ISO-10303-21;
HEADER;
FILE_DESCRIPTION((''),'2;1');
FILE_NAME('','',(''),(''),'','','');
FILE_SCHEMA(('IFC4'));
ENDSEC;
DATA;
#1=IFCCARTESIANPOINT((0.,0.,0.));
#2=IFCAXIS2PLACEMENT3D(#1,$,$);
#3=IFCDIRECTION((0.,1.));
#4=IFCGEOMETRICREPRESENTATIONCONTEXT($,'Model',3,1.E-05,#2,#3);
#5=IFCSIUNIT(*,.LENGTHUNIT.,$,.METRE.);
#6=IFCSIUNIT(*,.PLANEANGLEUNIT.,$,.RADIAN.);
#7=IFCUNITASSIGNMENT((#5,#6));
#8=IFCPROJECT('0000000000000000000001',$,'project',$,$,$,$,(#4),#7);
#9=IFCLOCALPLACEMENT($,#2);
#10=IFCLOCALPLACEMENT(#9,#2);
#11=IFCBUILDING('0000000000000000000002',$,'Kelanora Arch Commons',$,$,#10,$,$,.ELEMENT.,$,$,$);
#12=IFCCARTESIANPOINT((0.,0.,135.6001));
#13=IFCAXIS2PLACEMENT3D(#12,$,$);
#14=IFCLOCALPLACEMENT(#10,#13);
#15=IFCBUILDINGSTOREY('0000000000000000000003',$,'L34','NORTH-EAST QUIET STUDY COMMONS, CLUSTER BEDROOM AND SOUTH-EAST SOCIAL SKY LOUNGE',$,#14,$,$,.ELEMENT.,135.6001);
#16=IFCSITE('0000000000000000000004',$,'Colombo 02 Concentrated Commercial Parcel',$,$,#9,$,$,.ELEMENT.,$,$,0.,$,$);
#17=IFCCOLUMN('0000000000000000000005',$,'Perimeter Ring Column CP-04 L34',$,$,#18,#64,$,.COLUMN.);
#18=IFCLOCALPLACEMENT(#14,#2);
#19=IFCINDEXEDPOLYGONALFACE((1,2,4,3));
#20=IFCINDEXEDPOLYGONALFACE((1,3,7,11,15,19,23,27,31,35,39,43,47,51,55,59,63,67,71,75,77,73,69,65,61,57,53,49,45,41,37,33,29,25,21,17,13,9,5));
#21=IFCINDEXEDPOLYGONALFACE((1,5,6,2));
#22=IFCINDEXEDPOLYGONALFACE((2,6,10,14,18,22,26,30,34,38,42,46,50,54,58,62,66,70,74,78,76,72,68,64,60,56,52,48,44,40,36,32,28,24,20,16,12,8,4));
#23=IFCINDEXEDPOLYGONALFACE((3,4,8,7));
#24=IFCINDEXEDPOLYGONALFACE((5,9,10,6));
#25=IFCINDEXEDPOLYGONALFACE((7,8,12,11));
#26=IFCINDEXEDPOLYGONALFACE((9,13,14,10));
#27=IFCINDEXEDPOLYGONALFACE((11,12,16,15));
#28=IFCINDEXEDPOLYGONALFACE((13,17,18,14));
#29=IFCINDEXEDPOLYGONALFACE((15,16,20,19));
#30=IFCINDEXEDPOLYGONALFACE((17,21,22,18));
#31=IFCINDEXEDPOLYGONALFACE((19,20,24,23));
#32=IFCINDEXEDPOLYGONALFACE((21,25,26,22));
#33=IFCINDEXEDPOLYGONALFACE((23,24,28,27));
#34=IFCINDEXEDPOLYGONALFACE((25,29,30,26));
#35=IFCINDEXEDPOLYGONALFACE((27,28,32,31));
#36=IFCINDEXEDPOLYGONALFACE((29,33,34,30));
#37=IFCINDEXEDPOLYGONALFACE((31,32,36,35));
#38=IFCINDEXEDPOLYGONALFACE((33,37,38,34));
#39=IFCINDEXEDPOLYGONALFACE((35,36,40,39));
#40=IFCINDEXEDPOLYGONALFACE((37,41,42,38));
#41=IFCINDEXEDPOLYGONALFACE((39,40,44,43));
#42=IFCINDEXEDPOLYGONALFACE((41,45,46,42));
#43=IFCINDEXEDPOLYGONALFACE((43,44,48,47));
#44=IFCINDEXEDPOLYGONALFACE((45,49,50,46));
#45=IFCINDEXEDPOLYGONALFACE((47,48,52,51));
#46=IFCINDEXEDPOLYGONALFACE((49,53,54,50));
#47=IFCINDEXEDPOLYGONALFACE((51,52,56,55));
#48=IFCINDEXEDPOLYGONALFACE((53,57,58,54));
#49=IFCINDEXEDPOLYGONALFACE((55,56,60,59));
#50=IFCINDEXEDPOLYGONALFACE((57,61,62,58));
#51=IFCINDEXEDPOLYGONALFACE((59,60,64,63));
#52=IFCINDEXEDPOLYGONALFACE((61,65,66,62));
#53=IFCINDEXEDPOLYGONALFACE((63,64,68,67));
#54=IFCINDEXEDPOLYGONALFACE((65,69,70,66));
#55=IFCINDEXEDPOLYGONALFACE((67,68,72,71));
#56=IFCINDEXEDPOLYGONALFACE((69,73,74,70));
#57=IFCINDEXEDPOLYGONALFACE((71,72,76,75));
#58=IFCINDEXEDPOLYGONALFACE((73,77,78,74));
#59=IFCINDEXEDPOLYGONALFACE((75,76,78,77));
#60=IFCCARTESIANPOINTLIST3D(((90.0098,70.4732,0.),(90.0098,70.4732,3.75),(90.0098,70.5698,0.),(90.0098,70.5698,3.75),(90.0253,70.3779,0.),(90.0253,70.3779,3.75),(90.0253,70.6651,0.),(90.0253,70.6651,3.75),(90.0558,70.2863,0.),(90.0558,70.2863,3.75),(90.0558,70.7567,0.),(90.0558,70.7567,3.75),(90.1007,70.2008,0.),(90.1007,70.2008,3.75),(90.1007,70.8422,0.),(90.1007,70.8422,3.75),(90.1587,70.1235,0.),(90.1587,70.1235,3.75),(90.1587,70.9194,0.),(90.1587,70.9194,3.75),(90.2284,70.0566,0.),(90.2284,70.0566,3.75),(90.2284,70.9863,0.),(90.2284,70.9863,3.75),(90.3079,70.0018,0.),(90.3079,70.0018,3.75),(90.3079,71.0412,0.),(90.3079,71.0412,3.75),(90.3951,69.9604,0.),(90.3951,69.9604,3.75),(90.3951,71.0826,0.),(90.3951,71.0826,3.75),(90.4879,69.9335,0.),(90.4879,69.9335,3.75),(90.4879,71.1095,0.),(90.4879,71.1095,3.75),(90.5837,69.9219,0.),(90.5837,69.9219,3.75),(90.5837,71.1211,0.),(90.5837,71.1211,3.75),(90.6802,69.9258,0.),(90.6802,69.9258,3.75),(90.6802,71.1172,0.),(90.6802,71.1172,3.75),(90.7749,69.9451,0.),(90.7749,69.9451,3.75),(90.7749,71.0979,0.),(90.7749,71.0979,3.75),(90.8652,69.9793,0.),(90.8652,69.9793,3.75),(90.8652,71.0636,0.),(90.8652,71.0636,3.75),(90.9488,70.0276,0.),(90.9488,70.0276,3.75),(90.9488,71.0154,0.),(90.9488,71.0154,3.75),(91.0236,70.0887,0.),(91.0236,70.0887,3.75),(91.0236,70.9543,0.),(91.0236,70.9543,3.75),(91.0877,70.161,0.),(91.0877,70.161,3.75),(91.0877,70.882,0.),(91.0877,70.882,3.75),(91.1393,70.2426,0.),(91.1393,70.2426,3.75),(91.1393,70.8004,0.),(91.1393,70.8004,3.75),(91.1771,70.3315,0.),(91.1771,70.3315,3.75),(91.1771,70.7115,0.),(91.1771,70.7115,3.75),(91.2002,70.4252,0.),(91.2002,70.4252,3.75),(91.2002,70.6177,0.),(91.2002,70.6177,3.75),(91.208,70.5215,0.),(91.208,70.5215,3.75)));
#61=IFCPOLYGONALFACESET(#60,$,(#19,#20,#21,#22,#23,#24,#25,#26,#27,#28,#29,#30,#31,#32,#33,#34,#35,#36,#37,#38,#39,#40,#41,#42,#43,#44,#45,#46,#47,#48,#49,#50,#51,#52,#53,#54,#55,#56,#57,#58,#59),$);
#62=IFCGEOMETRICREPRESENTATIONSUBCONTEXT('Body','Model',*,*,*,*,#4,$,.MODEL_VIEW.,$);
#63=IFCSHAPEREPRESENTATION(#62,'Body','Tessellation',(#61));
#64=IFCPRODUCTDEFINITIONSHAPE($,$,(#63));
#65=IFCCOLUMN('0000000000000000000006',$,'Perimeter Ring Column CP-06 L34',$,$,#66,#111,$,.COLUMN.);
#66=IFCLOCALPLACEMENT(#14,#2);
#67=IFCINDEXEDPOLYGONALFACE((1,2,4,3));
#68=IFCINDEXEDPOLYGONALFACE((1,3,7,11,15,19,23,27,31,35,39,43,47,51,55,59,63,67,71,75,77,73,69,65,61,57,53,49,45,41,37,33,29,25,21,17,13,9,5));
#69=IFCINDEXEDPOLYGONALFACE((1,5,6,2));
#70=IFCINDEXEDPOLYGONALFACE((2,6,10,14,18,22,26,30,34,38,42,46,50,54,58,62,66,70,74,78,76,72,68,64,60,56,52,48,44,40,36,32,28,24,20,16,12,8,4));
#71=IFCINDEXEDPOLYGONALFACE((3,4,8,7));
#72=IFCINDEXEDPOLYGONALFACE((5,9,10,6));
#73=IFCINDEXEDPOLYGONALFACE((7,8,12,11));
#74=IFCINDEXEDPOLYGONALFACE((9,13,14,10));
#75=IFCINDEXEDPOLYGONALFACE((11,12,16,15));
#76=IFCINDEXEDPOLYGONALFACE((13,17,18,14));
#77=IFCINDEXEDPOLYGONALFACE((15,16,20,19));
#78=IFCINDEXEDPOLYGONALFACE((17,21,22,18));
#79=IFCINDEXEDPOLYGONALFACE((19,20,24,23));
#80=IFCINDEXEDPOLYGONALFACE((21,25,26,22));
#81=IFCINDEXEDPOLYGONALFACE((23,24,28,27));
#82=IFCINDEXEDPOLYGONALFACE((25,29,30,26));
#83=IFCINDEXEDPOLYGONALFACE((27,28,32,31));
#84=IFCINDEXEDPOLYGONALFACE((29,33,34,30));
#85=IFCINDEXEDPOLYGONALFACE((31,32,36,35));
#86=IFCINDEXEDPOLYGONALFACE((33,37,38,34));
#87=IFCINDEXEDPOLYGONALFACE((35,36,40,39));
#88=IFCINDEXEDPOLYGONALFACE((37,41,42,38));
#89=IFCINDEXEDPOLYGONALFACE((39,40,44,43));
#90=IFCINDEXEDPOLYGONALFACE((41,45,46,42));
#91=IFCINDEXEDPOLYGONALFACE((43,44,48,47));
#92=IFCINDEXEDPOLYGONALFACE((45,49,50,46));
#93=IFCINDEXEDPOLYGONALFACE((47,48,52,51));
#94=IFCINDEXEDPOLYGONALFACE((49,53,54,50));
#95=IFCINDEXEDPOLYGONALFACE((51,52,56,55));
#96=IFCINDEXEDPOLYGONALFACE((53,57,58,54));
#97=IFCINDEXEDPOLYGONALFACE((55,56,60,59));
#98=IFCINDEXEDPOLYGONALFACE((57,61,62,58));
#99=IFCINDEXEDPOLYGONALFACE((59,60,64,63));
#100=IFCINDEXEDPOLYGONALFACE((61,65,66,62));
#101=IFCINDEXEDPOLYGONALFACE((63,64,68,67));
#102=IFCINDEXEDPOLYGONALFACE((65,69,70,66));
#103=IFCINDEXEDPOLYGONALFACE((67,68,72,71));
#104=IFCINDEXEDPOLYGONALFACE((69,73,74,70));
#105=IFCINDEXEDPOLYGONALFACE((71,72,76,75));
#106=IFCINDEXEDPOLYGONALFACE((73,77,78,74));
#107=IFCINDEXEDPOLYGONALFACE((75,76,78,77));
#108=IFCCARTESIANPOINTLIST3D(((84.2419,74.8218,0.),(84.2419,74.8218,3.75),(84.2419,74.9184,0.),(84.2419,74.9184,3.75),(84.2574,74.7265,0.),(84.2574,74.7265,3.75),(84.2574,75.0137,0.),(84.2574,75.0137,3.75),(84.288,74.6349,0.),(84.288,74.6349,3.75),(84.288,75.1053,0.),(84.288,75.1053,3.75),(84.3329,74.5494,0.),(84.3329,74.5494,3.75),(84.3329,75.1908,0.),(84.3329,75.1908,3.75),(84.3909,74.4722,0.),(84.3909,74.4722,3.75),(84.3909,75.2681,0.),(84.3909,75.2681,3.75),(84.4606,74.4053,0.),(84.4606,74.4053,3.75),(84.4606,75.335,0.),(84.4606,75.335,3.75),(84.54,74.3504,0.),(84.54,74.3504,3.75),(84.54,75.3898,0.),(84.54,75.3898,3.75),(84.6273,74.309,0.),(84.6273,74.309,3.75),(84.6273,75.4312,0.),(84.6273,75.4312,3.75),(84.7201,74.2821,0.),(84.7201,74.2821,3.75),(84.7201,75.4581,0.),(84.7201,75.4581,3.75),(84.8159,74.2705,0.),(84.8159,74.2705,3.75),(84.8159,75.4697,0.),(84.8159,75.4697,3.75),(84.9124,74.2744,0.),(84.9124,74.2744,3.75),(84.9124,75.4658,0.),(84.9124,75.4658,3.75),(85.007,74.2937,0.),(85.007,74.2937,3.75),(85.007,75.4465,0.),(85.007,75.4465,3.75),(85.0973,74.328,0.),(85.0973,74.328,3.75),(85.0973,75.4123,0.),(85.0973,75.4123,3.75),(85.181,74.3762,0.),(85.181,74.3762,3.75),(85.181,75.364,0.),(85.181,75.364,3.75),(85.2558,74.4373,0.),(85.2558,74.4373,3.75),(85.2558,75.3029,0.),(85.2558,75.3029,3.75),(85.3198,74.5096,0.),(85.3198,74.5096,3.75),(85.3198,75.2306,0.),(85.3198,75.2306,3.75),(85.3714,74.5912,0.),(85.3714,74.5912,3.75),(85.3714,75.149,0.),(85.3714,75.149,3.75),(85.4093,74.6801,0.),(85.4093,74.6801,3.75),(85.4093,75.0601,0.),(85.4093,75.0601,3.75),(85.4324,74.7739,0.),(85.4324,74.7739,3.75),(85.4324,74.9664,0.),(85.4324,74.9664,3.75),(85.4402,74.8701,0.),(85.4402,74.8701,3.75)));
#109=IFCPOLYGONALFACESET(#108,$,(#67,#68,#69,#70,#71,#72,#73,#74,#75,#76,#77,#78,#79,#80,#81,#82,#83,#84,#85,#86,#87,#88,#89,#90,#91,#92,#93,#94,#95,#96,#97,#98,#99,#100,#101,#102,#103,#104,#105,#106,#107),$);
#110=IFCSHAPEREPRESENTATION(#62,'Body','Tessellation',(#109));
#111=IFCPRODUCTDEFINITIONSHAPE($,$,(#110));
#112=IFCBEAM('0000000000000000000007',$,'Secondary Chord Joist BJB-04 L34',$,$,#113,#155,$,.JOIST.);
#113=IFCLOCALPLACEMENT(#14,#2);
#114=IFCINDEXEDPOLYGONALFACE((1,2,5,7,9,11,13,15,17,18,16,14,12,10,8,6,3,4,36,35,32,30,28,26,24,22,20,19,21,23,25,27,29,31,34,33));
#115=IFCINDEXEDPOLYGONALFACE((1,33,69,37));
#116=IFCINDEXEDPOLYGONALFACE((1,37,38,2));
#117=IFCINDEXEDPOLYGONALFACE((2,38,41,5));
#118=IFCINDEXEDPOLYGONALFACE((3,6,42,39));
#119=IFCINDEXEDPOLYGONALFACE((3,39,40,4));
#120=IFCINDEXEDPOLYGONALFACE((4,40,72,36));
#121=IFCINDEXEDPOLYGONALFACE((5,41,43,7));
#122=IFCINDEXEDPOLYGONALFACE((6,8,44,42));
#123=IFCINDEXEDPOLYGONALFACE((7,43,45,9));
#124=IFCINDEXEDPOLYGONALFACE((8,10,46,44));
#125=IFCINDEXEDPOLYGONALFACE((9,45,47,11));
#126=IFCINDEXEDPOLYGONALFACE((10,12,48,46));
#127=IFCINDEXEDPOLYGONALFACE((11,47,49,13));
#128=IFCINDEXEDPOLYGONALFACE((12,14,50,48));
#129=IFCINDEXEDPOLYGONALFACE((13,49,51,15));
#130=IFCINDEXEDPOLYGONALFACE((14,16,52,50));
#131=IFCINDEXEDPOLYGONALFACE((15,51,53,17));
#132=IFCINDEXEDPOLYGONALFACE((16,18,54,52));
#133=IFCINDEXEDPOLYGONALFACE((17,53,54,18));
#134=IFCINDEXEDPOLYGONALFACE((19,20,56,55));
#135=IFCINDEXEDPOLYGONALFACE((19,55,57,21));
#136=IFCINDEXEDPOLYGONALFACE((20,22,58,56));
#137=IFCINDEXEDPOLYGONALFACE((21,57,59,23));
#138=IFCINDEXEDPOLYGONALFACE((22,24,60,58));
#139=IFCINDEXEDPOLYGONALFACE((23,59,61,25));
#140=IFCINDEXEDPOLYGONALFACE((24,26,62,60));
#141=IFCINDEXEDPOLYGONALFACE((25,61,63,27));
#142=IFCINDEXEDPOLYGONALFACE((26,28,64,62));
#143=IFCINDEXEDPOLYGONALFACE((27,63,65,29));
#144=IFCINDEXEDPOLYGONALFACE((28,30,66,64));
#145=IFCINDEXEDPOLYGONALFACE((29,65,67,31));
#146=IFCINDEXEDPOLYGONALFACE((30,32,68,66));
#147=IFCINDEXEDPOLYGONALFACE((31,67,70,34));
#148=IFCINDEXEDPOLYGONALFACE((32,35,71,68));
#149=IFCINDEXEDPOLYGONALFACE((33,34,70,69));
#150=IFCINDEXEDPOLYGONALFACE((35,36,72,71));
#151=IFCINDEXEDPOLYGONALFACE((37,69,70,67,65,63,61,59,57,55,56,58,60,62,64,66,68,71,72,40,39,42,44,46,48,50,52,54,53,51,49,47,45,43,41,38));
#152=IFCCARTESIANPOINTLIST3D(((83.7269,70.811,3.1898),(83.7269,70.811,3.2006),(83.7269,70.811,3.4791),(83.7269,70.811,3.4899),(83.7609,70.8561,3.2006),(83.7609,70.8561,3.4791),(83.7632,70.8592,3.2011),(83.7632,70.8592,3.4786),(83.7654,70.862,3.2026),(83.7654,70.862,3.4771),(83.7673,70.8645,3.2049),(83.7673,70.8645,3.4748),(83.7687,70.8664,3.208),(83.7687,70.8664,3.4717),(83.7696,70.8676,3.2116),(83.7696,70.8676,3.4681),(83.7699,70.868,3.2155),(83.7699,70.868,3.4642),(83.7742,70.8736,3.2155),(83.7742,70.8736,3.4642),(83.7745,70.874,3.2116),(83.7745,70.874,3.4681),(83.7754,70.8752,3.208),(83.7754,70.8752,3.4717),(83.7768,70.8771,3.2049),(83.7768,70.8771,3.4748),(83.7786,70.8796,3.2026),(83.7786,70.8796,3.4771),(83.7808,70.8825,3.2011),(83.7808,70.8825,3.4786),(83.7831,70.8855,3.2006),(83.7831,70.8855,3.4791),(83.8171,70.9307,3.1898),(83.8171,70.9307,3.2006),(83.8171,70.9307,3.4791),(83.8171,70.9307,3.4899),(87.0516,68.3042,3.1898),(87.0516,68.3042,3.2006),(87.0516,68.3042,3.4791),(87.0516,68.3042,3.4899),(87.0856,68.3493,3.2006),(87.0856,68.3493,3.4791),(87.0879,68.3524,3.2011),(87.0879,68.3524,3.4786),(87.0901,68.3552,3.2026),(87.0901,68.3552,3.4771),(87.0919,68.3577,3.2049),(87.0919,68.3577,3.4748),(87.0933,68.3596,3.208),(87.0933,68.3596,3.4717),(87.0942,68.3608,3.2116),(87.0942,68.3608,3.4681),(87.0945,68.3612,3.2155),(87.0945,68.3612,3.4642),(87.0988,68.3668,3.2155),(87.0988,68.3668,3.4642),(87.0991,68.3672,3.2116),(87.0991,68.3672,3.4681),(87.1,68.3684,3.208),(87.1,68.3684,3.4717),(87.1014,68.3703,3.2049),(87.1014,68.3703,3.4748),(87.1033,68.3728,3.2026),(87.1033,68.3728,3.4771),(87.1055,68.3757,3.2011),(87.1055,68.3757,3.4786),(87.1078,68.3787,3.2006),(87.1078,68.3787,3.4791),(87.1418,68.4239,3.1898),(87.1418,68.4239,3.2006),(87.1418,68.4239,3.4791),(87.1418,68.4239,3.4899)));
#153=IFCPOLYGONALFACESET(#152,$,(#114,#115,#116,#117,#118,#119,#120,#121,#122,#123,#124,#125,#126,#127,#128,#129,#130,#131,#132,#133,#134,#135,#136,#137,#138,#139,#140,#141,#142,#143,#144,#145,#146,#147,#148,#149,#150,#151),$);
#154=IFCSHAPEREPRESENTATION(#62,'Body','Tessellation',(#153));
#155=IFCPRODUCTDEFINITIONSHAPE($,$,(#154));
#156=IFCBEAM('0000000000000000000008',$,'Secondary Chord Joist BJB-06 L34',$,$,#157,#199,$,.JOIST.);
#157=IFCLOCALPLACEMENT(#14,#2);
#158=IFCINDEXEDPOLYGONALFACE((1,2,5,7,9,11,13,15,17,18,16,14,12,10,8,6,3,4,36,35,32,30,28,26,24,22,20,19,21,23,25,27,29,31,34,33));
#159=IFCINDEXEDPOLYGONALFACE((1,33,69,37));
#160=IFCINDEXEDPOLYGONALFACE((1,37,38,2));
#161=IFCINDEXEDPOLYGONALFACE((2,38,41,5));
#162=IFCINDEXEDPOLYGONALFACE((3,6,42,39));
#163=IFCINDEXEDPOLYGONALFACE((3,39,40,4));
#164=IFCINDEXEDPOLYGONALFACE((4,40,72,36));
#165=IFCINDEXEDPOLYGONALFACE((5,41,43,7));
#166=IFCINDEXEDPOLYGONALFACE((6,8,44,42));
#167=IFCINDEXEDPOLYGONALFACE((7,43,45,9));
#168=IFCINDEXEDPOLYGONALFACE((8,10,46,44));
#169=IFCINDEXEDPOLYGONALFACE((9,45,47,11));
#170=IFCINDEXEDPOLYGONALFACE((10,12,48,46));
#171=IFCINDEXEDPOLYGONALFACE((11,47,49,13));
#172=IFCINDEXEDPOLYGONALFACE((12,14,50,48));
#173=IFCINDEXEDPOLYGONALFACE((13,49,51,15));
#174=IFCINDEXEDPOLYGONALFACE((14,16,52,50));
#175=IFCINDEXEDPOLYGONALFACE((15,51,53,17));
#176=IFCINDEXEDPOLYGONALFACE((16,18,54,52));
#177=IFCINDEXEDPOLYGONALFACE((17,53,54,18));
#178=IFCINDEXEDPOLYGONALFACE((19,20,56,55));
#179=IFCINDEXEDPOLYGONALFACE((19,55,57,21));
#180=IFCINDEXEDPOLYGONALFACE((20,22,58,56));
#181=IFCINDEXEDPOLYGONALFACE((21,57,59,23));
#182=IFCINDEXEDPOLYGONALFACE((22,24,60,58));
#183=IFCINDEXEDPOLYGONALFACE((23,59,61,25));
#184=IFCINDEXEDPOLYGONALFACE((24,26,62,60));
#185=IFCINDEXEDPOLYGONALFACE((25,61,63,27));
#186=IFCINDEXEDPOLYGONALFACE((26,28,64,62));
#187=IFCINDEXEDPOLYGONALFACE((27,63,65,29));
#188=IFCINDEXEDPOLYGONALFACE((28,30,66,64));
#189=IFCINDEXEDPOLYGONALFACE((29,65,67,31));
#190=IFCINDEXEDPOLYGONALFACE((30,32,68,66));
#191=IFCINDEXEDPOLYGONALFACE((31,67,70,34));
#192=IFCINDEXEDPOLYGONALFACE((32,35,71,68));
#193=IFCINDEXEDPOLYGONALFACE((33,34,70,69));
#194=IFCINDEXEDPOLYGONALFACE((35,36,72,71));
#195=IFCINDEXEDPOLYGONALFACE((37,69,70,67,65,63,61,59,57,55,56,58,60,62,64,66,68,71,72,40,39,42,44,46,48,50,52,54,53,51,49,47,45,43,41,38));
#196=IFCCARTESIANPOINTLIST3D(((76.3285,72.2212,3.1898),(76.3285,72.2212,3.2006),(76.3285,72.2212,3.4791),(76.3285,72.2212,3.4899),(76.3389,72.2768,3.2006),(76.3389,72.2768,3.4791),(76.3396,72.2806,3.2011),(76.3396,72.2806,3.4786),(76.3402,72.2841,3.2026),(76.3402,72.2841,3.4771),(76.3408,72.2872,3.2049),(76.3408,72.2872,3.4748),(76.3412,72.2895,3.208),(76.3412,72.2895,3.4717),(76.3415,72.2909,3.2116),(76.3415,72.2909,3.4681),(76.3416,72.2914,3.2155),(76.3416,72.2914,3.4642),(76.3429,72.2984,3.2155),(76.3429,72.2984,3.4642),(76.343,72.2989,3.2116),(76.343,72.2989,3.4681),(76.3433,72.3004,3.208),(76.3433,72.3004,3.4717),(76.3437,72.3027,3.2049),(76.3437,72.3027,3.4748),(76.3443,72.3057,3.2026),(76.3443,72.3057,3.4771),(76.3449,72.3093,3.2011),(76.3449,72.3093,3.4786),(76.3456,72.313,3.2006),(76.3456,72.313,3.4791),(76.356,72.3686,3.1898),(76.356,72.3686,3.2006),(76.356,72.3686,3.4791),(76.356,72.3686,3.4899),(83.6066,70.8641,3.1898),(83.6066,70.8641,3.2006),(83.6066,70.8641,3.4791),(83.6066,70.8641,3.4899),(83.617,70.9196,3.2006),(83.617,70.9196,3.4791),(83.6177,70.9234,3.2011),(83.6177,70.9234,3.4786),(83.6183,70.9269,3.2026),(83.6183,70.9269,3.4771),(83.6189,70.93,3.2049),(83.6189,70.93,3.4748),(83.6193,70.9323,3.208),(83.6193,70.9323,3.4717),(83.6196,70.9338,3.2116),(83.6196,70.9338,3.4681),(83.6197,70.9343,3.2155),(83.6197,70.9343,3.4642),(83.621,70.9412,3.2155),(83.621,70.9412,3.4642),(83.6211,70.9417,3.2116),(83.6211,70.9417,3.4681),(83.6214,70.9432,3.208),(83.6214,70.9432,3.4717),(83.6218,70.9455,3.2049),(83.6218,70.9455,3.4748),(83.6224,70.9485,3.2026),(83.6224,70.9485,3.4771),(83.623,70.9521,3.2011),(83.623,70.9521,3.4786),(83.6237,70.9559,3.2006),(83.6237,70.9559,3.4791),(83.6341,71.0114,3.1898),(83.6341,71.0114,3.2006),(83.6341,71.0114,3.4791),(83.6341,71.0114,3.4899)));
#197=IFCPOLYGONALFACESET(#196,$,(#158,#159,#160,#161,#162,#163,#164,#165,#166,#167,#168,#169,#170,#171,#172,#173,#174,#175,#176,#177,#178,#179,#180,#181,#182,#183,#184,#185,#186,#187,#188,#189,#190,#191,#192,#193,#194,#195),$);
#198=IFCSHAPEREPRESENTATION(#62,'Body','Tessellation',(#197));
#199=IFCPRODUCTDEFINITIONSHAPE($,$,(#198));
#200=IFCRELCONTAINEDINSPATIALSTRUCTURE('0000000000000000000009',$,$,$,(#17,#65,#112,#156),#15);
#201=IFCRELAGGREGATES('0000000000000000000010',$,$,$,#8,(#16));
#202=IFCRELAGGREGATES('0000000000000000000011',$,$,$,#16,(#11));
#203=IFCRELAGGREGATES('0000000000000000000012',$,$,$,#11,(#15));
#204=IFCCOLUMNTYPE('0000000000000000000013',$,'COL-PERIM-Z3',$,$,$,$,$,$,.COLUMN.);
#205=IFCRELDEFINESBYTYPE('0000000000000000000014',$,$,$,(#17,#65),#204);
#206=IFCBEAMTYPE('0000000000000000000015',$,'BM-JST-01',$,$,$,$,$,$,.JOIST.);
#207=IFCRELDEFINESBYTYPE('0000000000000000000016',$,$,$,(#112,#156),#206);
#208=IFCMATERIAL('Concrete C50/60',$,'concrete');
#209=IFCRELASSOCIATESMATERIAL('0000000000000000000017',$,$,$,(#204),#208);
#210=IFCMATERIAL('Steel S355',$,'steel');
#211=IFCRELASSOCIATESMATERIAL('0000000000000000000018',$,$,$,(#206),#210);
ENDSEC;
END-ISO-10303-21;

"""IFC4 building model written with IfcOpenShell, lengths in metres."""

from ifc_helpers import new_model, si_unit, direction, frame, origin, origin_2d, place, context, subcontext, project, spatial, circle, i_section, extrude, material, material_profile, profile_set, type_object, element, save


model = new_model("IFC4")

# Units and contexts
model_context = context("Model", 3, precision=1e-05, world=origin(), true_north=direction((0.0, 1.0)))
body_context = subcontext(model_context, "Body", "Model", "MODEL_VIEW")
ifc_project = project(units=[si_unit("LENGTHUNIT", "METRE"), si_unit("PLANEANGLEUNIT", "RADIAN")], contexts=[model_context])

# Site, building, storey
site_placement = place(None, origin())
site = spatial("IfcSite", under=ifc_project, at=site_placement, Name="Colombo 02 Concentrated Commercial Parcel", CompositionType="ELEMENT", RefElevation=0.0)
building_placement = place(site_placement, origin())
building = spatial("IfcBuilding", under=site, at=building_placement, Name="Kelanora Arch Commons", CompositionType="ELEMENT")
storey_placement = place(building_placement, frame((0.0, 0.0, 135.6001)))
storey = spatial("IfcBuildingStorey", under=building, at=storey_placement, Name="L34", Description="NORTH-EAST QUIET STUDY COMMONS, CLUSTER BEDROOM AND SOUTH-EAST SOCIAL SKY LOUNGE", CompositionType="ELEMENT", Elevation=135.6001)

# Columns
ifc_material_1 = material(Name="Concrete C50/60", Category="concrete")
ifc_material_profile_1 = material_profile(ifc_material_1, circle(Radius=0.6001, at=origin_2d()), Name="RCC1200")
ifc_profile_set_1 = profile_set([ifc_material_profile_1], Name="Concrete C50/60")
column_type = type_object("IfcColumnType", Name="COL-PERIM-Z3", PredefinedType="COLUMN", material=ifc_profile_set_1)
for number, where, z_axis, x_axis, name in (
    (1, (90.6079, 70.5215, 0.0), (0.0, 0.0, 1.0), (1.0, 0.0, 0.0), "Perimeter Ring Column CP-04 L34"),
    (2, (84.8401, 74.8701, 0.0), (0.0, 0.0, 1.0), (1.0, 0.0, 0.0), "Perimeter Ring Column CP-06 L34"),
):
    element("IfcColumn", number, at=place(storey_placement, frame(where, z_axis=z_axis, x_axis=x_axis)), inside=storey, type_object=column_type, Name=name, PredefinedType="COLUMN", context=body_context, shape_type="SweptSolid", body=[
        extrude(circle(Radius=0.6001, at=origin_2d()), origin(), (0.0, 0.0, 1.0), 3.75),
    ])

# Beams
ifc_material_2 = material(Name="Steel S355", Category="steel")
ifc_material_profile_2 = material_profile(ifc_material_2, i_section(OverallWidth=0.1499, OverallDepth=0.3, WebThickness=0.0071, FlangeThickness=0.0107, FilletRadius=0.0149, at=origin_2d()), Name="IPE300")
ifc_profile_set_2 = profile_set([ifc_material_profile_2], Name="Steel S355")
beam_type_1 = type_object("IfcBeamType", Name="BM-JST-01", PredefinedType="JOIST", material=ifc_profile_set_2)
beam_1_placement = place(storey_placement, frame((87.0967, 68.364, 3.3398), z_axis=(-0.798464, 0.602043, 0.0), x_axis=(-0.602043, -0.798464, 0.0)))
element("IfcBeam", 3, at=beam_1_placement, inside=storey, type_object=beam_type_1, Name="Secondary Chord Joist BJB-04 L34", PredefinedType="JOIST", context=body_context, shape_type="SweptSolid", body=[
    extrude(i_section(OverallWidth=0.1499, OverallDepth=0.3, WebThickness=0.0071, FlangeThickness=0.0107, FilletRadius=0.0149, at=origin_2d()), origin(), (0.0, 0.0, 1.0), 4.1638),
])
beam_2_placement = place(storey_placement, frame((83.6204, 70.9377, 3.3398), z_axis=(-0.983054, 0.183315, 0.0), x_axis=(-0.183315, -0.983054, 0.0)))
element("IfcBeam", 4, at=beam_2_placement, inside=storey, type_object=beam_type_1, Name="Secondary Chord Joist BJB-06 L34", PredefinedType="JOIST", context=body_context, shape_type="SweptSolid", body=[
    extrude(i_section(OverallWidth=0.1499, OverallDepth=0.3, WebThickness=0.0071, FlangeThickness=0.0107, FilletRadius=0.0149, at=origin_2d()), origin(), (0.0, 0.0, 1.0), 7.4036),
])

save(model, "model.ifc")
